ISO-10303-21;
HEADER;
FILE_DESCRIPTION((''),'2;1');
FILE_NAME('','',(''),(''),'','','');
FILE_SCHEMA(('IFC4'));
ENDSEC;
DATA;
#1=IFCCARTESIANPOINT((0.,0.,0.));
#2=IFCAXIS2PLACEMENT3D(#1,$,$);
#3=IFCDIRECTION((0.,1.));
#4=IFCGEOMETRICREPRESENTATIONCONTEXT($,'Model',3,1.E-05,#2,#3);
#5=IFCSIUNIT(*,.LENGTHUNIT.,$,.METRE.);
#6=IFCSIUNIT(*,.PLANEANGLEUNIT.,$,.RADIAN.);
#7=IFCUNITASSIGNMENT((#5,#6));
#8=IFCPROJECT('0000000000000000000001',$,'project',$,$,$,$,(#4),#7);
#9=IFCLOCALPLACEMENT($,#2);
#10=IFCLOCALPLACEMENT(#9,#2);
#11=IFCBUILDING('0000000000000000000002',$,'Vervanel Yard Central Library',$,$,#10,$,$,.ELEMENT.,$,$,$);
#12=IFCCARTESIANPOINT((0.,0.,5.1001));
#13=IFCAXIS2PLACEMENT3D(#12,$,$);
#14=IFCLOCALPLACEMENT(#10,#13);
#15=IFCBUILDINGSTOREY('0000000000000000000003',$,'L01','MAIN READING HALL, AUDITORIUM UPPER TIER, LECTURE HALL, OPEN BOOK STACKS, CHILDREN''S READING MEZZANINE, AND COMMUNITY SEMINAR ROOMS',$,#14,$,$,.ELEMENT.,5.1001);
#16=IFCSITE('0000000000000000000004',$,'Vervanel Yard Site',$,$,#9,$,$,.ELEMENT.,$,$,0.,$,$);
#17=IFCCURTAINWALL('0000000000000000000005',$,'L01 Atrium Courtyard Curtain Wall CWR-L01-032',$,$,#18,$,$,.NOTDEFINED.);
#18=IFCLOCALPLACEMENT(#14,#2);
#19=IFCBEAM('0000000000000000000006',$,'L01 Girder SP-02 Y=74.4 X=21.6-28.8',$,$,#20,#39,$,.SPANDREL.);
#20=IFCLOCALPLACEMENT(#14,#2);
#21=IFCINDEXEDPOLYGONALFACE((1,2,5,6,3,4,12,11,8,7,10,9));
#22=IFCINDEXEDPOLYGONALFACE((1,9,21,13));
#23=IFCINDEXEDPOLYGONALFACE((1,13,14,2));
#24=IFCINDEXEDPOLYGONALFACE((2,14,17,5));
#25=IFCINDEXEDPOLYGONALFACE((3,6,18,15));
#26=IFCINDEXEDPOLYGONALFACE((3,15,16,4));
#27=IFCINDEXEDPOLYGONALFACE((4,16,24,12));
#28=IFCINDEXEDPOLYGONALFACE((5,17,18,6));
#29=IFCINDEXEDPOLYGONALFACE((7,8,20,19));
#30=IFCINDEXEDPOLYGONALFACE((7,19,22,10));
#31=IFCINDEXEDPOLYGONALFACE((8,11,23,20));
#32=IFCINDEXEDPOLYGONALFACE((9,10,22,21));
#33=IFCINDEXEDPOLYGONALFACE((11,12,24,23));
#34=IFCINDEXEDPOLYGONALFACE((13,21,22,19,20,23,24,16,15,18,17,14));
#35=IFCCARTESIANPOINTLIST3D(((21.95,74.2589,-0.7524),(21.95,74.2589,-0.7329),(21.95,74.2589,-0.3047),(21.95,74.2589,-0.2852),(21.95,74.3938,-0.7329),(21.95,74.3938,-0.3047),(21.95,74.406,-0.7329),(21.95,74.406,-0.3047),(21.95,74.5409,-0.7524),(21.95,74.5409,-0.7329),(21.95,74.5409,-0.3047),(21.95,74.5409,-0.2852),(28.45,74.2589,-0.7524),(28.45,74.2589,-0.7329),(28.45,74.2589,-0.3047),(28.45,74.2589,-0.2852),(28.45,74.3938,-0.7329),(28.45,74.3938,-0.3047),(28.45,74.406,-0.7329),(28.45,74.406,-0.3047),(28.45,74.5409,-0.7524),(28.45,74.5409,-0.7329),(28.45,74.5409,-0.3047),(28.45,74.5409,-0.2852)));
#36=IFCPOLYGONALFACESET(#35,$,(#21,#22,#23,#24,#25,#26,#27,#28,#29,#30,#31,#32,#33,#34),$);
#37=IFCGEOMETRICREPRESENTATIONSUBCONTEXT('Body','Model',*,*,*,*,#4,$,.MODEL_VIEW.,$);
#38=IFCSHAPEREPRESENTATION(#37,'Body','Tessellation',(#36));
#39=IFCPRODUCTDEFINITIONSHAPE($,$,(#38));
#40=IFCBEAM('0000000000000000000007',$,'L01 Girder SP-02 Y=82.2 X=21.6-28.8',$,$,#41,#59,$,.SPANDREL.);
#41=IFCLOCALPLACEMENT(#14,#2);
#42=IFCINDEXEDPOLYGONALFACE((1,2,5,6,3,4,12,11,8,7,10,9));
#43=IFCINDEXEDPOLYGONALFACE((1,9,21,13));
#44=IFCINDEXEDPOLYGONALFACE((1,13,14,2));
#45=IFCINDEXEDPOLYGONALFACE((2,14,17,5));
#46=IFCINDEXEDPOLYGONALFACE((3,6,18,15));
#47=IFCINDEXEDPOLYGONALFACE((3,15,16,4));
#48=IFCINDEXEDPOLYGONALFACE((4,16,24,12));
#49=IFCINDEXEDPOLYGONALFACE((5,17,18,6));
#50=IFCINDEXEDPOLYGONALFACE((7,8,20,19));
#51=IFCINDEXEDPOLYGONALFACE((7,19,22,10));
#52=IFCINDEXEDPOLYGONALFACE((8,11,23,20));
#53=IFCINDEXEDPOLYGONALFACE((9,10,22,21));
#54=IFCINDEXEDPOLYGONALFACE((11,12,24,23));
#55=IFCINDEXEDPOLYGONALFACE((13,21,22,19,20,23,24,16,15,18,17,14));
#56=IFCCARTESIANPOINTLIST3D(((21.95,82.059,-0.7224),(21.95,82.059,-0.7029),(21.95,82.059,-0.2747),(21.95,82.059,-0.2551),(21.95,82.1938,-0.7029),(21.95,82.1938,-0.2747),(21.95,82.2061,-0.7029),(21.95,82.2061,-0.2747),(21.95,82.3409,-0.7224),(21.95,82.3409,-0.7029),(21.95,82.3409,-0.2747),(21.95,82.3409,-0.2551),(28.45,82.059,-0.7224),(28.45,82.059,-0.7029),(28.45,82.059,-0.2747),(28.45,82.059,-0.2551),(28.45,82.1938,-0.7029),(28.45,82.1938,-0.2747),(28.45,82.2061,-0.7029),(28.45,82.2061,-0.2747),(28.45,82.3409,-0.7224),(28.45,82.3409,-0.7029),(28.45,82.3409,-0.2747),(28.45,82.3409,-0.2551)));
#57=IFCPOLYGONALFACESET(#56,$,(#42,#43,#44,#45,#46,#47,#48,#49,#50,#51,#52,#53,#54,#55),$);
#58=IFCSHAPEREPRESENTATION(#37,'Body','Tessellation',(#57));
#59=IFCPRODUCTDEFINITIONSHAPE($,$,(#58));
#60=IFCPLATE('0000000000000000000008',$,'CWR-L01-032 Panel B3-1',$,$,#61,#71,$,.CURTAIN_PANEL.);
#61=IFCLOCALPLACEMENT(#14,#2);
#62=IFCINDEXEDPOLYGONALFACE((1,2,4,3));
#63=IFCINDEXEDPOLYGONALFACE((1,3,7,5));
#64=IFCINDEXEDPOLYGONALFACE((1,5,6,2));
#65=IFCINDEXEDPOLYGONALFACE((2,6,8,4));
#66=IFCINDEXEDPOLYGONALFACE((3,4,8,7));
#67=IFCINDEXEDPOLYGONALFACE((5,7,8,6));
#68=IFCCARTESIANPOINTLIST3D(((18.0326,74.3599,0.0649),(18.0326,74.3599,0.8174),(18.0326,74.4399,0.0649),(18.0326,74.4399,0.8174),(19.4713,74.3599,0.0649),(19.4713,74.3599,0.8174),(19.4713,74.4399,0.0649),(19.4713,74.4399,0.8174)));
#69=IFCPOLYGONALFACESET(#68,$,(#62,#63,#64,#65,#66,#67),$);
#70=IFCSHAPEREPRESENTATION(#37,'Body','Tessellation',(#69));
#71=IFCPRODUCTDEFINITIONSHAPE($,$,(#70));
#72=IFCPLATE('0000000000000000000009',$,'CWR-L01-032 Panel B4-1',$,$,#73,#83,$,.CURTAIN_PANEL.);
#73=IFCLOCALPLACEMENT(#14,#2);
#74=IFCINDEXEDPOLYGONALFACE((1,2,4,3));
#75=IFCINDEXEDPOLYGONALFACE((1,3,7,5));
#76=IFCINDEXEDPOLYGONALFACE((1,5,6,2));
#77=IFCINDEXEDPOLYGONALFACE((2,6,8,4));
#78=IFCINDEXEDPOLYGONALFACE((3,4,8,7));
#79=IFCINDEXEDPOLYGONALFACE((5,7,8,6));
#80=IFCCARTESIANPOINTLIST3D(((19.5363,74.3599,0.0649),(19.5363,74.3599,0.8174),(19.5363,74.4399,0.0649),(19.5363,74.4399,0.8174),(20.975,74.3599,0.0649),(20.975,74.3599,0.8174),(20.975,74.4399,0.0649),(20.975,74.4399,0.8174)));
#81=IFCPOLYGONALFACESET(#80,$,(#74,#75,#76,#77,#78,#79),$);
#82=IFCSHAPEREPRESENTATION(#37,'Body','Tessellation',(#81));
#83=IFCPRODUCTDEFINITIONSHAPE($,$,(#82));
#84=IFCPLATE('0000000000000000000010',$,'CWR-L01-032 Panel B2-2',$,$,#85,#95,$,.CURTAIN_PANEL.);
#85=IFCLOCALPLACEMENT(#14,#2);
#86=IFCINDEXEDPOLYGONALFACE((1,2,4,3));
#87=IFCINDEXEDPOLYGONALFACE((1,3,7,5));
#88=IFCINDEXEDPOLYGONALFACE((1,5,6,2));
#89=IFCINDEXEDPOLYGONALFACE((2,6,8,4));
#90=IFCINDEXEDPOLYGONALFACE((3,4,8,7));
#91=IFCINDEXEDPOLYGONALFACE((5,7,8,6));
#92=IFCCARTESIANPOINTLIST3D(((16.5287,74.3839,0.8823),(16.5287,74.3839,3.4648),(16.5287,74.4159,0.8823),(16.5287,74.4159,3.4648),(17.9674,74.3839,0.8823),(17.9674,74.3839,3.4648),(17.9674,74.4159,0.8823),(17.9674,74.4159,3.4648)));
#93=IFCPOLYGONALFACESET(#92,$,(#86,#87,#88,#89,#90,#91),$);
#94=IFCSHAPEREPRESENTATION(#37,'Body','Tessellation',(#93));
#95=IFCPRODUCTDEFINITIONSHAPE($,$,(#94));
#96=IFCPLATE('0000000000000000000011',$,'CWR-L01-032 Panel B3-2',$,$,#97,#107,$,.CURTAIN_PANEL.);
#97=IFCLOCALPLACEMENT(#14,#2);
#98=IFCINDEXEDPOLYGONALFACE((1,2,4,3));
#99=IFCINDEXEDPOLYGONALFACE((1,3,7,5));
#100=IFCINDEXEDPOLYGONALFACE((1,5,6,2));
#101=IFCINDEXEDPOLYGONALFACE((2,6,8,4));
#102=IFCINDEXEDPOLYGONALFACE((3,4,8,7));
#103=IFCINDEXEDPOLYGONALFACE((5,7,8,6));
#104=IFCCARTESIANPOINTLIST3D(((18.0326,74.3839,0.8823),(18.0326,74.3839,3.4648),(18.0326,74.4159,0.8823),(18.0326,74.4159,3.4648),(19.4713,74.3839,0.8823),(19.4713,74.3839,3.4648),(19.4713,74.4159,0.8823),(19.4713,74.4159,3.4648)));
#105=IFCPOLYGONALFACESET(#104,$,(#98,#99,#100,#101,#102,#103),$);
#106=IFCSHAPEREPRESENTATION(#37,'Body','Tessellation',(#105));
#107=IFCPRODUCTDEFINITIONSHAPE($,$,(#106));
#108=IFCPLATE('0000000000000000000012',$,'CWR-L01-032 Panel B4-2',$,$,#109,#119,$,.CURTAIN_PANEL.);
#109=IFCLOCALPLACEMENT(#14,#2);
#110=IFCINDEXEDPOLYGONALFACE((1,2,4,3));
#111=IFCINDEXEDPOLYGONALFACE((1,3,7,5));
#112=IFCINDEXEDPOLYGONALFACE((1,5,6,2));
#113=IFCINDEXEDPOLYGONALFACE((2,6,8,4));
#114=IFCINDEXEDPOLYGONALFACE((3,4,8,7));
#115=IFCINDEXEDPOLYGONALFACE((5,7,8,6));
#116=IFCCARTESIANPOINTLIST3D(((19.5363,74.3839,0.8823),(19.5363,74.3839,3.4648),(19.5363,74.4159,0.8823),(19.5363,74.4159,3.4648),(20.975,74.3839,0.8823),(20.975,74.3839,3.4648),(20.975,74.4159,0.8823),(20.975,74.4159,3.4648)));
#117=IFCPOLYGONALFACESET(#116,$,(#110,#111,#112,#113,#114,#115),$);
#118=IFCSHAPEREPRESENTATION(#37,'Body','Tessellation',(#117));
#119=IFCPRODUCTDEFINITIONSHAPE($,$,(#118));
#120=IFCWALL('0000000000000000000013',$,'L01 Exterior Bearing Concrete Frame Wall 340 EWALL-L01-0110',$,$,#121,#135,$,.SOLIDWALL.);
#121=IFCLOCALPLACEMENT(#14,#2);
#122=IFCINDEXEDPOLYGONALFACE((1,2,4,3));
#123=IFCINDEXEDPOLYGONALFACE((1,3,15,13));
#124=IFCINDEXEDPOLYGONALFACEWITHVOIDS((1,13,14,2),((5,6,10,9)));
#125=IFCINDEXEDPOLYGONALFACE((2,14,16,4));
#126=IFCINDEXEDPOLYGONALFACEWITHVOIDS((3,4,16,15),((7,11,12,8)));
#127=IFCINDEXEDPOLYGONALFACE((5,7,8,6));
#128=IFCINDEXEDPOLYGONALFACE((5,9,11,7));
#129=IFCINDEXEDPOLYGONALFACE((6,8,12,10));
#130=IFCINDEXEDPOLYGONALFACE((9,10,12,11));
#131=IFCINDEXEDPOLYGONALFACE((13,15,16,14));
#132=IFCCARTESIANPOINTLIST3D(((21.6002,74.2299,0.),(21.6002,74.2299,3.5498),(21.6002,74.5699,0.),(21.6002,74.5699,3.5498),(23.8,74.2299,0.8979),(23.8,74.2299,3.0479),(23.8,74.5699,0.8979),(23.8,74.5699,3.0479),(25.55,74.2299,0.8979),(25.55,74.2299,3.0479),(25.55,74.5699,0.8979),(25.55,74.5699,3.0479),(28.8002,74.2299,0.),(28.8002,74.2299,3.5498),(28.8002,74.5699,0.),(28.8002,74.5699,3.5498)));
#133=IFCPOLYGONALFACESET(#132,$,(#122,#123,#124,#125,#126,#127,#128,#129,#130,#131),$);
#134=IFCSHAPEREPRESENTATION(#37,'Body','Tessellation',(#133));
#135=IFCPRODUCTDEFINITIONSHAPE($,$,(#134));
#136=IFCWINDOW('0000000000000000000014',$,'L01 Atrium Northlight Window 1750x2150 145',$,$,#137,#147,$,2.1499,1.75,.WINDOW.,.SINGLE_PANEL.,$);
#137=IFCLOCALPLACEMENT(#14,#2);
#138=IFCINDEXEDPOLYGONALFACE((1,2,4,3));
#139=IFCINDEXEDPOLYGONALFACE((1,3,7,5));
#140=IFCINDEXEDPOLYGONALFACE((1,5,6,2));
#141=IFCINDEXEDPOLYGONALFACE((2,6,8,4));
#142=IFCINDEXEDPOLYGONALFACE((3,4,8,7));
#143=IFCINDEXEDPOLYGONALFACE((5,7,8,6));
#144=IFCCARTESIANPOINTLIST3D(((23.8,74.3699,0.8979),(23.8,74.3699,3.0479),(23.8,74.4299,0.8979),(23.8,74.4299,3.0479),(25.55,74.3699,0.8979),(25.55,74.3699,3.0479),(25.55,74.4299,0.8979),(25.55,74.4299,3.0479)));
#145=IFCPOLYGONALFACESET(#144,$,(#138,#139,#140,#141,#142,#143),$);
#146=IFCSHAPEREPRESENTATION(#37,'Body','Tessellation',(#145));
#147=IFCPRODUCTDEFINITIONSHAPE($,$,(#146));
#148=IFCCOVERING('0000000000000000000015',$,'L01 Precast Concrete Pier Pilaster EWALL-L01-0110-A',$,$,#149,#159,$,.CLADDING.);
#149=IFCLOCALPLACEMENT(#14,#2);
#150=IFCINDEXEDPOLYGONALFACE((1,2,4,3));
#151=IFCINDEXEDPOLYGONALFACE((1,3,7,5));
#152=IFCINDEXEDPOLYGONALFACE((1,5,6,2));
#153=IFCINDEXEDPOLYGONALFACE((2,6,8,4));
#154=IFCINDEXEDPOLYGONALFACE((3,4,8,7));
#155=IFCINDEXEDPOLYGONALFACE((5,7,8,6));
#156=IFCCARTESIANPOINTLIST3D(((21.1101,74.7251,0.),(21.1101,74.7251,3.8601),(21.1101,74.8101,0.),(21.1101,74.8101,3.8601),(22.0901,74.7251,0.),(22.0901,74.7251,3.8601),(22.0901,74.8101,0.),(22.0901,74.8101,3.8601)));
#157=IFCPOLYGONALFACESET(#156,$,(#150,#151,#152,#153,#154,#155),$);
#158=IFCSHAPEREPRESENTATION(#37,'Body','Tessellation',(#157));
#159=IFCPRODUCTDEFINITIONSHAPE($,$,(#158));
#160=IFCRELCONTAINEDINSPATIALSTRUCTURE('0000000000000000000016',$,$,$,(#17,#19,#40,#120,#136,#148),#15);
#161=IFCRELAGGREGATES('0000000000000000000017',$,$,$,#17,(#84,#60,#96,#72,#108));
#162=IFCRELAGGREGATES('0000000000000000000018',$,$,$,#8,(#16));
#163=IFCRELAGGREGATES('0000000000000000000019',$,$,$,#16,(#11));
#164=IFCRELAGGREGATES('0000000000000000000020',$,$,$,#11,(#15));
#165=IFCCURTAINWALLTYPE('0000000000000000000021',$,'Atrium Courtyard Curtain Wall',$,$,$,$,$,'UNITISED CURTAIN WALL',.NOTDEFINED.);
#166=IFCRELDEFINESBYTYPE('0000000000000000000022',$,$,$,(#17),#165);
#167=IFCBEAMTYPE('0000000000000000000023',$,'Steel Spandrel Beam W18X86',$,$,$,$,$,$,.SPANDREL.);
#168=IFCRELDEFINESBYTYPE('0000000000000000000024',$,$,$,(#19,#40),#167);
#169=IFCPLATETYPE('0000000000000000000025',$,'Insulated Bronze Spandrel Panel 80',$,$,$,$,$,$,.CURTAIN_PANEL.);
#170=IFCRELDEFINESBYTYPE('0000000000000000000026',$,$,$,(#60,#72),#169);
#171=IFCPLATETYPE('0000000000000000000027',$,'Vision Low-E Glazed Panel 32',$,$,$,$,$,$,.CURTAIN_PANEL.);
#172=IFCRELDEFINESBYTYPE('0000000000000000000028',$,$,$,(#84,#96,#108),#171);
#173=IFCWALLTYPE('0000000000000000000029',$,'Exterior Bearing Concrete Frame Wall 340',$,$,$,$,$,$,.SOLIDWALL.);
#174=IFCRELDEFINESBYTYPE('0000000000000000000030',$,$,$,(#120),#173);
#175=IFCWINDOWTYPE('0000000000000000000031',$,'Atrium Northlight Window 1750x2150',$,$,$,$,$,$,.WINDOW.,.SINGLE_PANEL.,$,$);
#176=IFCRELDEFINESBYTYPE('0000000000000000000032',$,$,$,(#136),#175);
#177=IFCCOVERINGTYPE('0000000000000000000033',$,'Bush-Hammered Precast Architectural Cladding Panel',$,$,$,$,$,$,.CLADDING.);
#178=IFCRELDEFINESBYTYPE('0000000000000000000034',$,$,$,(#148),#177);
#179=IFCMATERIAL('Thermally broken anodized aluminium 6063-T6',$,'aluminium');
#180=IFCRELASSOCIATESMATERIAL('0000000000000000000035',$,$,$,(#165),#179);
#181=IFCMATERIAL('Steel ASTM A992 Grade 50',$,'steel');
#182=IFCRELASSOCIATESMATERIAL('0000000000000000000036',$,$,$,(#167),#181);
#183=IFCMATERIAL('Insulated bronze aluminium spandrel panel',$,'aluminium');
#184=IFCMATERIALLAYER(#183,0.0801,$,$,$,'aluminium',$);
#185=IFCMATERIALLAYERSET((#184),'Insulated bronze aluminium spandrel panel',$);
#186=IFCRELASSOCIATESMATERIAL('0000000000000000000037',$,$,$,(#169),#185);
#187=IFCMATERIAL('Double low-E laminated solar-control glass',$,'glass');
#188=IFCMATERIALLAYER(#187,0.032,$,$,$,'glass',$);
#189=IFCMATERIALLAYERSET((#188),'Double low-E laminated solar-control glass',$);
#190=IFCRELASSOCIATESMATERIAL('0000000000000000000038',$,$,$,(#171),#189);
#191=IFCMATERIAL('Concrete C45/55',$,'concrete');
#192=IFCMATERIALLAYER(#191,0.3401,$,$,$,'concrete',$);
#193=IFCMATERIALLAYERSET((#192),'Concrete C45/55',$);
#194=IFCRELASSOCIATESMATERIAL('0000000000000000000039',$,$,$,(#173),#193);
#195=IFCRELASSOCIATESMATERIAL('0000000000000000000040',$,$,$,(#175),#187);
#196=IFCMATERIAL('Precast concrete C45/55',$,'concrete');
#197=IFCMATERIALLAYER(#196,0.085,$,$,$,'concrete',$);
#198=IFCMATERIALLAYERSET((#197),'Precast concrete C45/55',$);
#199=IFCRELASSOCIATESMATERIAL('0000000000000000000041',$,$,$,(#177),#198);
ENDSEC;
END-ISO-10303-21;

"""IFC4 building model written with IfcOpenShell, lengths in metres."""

from ifc_helpers import new_model, si_unit, direction, frame, frame_2d, origin, origin_2d, place, context, subcontext, project, spatial, rectangle, i_section, extrude, material, layer, layer_set, material_profile, profile_set, type_object, element, fill, aggregate, save


model = new_model("IFC4")

# Units and contexts
model_context = context("Model", 3, precision=1e-05, world=origin(), true_north=direction((0.0, 1.0)))
body_context = subcontext(model_context, "Body", "Model", "MODEL_VIEW")
ifc_project = project(units=[si_unit("LENGTHUNIT", "METRE"), si_unit("PLANEANGLEUNIT", "RADIAN")], contexts=[model_context])

# Site, building, storey
site_placement = place(None, origin())
site = spatial("IfcSite", under=ifc_project, at=site_placement, Name="Vervanel Yard Site", CompositionType="ELEMENT", RefElevation=0.0)
building_placement = place(site_placement, origin())
building = spatial("IfcBuilding", under=site, at=building_placement, Name="Vervanel Yard Central Library", CompositionType="ELEMENT")
storey_placement = place(building_placement, frame((0.0, 0.0, 5.1001)))
storey = spatial("IfcBuildingStorey", under=building, at=storey_placement, Name="L01", Description="MAIN READING HALL, AUDITORIUM UPPER TIER, LECTURE HALL, OPEN BOOK STACKS, CHILDREN'S READING MEZZANINE, AND COMMUNITY SEMINAR ROOMS", CompositionType="ELEMENT", Elevation=5.1001)

# Curtain wall
ifc_material_1 = material(Name="Thermally broken anodized aluminium 6063-T6", Category="aluminium")
curtain_wall_type = type_object("IfcCurtainWallType", Name="Atrium Courtyard Curtain Wall", ElementType="UNITISED CURTAIN WALL", PredefinedType="NOTDEFINED", material=ifc_material_1)
curtain_wall_placement = place(storey_placement, origin())
curtain_wall = element("IfcCurtainWall", 1, at=curtain_wall_placement, inside=storey, type_object=curtain_wall_type, Name="L01 Atrium Courtyard Curtain Wall CWR-L01-032", PredefinedType="NOTDEFINED")

# Beams
ifc_material_2 = material(Name="Steel ASTM A992 Grade 50", Category="steel")
ifc_material_profile_1 = material_profile(ifc_material_2, i_section(OverallWidth=0.282, OverallDepth=0.4673, WebThickness=0.0122, FlangeThickness=0.0195, at=origin_2d()), Name="W18X86", Category="steel")
ifc_profile_set_1 = profile_set([ifc_material_profile_1], Name="Steel ASTM A992 Grade 50")
beam_type_1 = type_object("IfcBeamType", Name="Steel Spandrel Beam W18X86", PredefinedType="SPANDREL", material=ifc_profile_set_1)
for number, where, z_axis, x_axis, name in (
    (2, (21.95, 74.3999, -0.5188), (1.0, 0.0, 0.0), (0.0, 1.0, 0.0), "L01 Girder SP-02 Y=74.4 X=21.6-28.8"),
    (3, (21.95, 82.2, -0.4888), (1.0, 0.0, 0.0), (0.0, 1.0, 0.0), "L01 Girder SP-02 Y=82.2 X=21.6-28.8"),
):
    element("IfcBeam", number, at=place(storey_placement, frame(where, z_axis=z_axis, x_axis=x_axis)), inside=storey, type_object=beam_type_1, Name=name, PredefinedType="SPANDREL", context=body_context, shape_type="SweptSolid", body=[
        extrude(i_section(OverallWidth=0.282, OverallDepth=0.4673, WebThickness=0.0122, FlangeThickness=0.0195, at=origin_2d()), origin(), (0.0, 0.0, 1.0), 6.5),
    ])

# Plates
ifc_material_3 = material(Name="Insulated bronze aluminium spandrel panel", Category="aluminium")
ifc_layer_1 = layer(ifc_material_3, 0.0801, Category="aluminium")
ifc_layer_set_1 = layer_set([ifc_layer_1], Name="Insulated bronze aluminium spandrel panel")
plate_type_1 = type_object("IfcPlateType", Name="Insulated Bronze Spandrel Panel 80", PredefinedType="CURTAIN_PANEL", material=ifc_layer_set_1)
plate_1_placement = place(storey_placement, frame((18.752, 74.3999, 0.0649), z_axis=(0.0, 0.0, 1.0), x_axis=(1.0, 0.0, 0.0)))
plate_1 = element("IfcPlate", 4, at=plate_1_placement, type_object=plate_type_1, Name="CWR-L01-032 Panel B3-1", PredefinedType="CURTAIN_PANEL", context=body_context, shape_type="SweptSolid", body=[
    extrude(rectangle(XDim=1.4387, YDim=0.0801, at=origin_2d()), origin(), (0.0, 0.0, 1.0), 0.7524),
])
plate_2_placement = place(storey_placement, frame((20.2556, 74.3999, 0.0649), z_axis=(0.0, 0.0, 1.0), x_axis=(1.0, 0.0, 0.0)))
plate_2 = element("IfcPlate", 5, at=plate_2_placement, type_object=plate_type_1, Name="CWR-L01-032 Panel B4-1", PredefinedType="CURTAIN_PANEL", context=body_context, shape_type="SweptSolid", body=[
    extrude(rectangle(XDim=1.4387, YDim=0.0801, at=origin_2d()), origin(), (0.0, 0.0, 1.0), 0.7524),
])
ifc_material_4 = material(Name="Double low-E laminated solar-control glass", Category="glass")
ifc_layer_2 = layer(ifc_material_4, 0.032, Category="glass")
ifc_layer_set_2 = layer_set([ifc_layer_2], Name="Double low-E laminated solar-control glass")
plate_type_2 = type_object("IfcPlateType", Name="Vision Low-E Glazed Panel 32", PredefinedType="CURTAIN_PANEL", material=ifc_layer_set_2)
plate_3_placement = place(storey_placement, frame((17.248, 74.3999, 0.8823), z_axis=(0.0, 0.0, 1.0), x_axis=(1.0, 0.0, 0.0)))
plate_3 = element("IfcPlate", 6, at=plate_3_placement, type_object=plate_type_2, Name="CWR-L01-032 Panel B2-2", PredefinedType="CURTAIN_PANEL", context=body_context, shape_type="SweptSolid", body=[
    extrude(rectangle(XDim=1.4387, YDim=0.032, at=origin_2d()), origin(), (0.0, 0.0, 1.0), 2.5825),
])
plate_4_placement = place(storey_placement, frame((18.752, 74.3999, 0.8823), z_axis=(0.0, 0.0, 1.0), x_axis=(1.0, 0.0, 0.0)))
plate_4 = element("IfcPlate", 7, at=plate_4_placement, type_object=plate_type_2, Name="CWR-L01-032 Panel B3-2", PredefinedType="CURTAIN_PANEL", context=body_context, shape_type="SweptSolid", body=[
    extrude(rectangle(XDim=1.4387, YDim=0.032, at=origin_2d()), origin(), (0.0, 0.0, 1.0), 2.5825),
])
plate_5_placement = place(storey_placement, frame((20.2556, 74.3999, 0.8823), z_axis=(0.0, 0.0, 1.0), x_axis=(1.0, 0.0, 0.0)))
plate_5 = element("IfcPlate", 8, at=plate_5_placement, type_object=plate_type_2, Name="CWR-L01-032 Panel B4-2", PredefinedType="CURTAIN_PANEL", context=body_context, shape_type="SweptSolid", body=[
    extrude(rectangle(XDim=1.4387, YDim=0.032, at=origin_2d()), origin(), (0.0, 0.0, 1.0), 2.5825),
])
aggregate(curtain_wall, [plate_3, plate_1, plate_4, plate_2, plate_5])

# Wall, opening, window
ifc_material_5 = material(Name="Concrete C45/55", Category="concrete")
ifc_layer_3 = layer(ifc_material_5, 0.3401, Category="concrete")
ifc_layer_set_3 = layer_set([ifc_layer_3], Name="Concrete C45/55")
wall_type = type_object("IfcWallType", Name="Exterior Bearing Concrete Frame Wall 340", PredefinedType="SOLIDWALL", material=ifc_layer_set_3)
wall_placement = place(storey_placement, frame((21.6001, 74.3999, 0.0), z_axis=(0.0, 0.0, 1.0), x_axis=(1.0, 0.0, 0.0)))
wall = element("IfcWall", 9, at=wall_placement, inside=storey, type_object=wall_type, Name="L01 Exterior Bearing Concrete Frame Wall 340 EWALL-L01-0110", PredefinedType="SOLIDWALL", context=body_context, shape_type="SweptSolid", body=[
    extrude(rectangle(XDim=7.2, YDim=0.3401, at=frame_2d((3.6001, 0.0))), origin(), (0.0, 0.0, 1.0), 3.5498),
])
opening_placement = place(wall_placement, frame((2.2, 0.0, 0.8979)))
opening = element("IfcOpeningElement", 10, at=opening_placement, cuts=wall, PredefinedType="OPENING", context=body_context, shape_type="SweptSolid", body=[
    extrude(rectangle(XDim=1.75, YDim=2.1499, at=frame_2d((0.875, 1.075))), frame((0.0, 0.1799, 0.0), z_axis=(0.0, -1.0, 0.0), x_axis=(1.0, 0.0, 0.0)), (0.0, 0.0, 1.0), 0.3601),
])
window_type = type_object("IfcWindowType", Name="Atrium Northlight Window 1750x2150", PartitioningType="SINGLE_PANEL", PredefinedType="WINDOW", material=ifc_material_4)
window_placement = place(opening_placement, origin())
window = element("IfcWindow", 11, at=window_placement, inside=storey, type_object=window_type, Name="L01 Atrium Northlight Window 1750x2150 145", OverallHeight=2.1499, OverallWidth=1.75, PartitioningType="SINGLE_PANEL", PredefinedType="WINDOW", context=body_context, shape_type="SweptSolid", body=[
    extrude(rectangle(XDim=1.75, YDim=2.1499, at=frame_2d((0.875, 1.075))), frame((0.0, 0.03, 0.0), z_axis=(0.0, -1.0, 0.0), x_axis=(1.0, 0.0, 0.0)), (0.0, 0.0, 1.0), 0.0601),
])
fill(opening, window)

# Covering
ifc_material_6 = material(Name="Precast concrete C45/55", Category="concrete")
ifc_layer_4 = layer(ifc_material_6, 0.085, Category="concrete")
ifc_layer_set_4 = layer_set([ifc_layer_4], Name="Precast concrete C45/55")
covering_type = type_object("IfcCoveringType", Name="Bush-Hammered Precast Architectural Cladding Panel", PredefinedType="CLADDING", material=ifc_layer_set_4)
covering_placement = place(storey_placement, frame((21.6001, 74.7676, 0.0), z_axis=(0.0, 0.0, 1.0), x_axis=(1.0, 0.0, 0.0)))
element("IfcCovering", 12, at=covering_placement, inside=storey, type_object=covering_type, Name="L01 Precast Concrete Pier Pilaster EWALL-L01-0110-A", PredefinedType="CLADDING", context=body_context, shape_type="SweptSolid", body=[
    extrude(rectangle(XDim=0.98, YDim=0.085, at=origin_2d()), origin(), (0.0, 0.0, 1.0), 3.8601),
])

save(model, "model.ifc")
